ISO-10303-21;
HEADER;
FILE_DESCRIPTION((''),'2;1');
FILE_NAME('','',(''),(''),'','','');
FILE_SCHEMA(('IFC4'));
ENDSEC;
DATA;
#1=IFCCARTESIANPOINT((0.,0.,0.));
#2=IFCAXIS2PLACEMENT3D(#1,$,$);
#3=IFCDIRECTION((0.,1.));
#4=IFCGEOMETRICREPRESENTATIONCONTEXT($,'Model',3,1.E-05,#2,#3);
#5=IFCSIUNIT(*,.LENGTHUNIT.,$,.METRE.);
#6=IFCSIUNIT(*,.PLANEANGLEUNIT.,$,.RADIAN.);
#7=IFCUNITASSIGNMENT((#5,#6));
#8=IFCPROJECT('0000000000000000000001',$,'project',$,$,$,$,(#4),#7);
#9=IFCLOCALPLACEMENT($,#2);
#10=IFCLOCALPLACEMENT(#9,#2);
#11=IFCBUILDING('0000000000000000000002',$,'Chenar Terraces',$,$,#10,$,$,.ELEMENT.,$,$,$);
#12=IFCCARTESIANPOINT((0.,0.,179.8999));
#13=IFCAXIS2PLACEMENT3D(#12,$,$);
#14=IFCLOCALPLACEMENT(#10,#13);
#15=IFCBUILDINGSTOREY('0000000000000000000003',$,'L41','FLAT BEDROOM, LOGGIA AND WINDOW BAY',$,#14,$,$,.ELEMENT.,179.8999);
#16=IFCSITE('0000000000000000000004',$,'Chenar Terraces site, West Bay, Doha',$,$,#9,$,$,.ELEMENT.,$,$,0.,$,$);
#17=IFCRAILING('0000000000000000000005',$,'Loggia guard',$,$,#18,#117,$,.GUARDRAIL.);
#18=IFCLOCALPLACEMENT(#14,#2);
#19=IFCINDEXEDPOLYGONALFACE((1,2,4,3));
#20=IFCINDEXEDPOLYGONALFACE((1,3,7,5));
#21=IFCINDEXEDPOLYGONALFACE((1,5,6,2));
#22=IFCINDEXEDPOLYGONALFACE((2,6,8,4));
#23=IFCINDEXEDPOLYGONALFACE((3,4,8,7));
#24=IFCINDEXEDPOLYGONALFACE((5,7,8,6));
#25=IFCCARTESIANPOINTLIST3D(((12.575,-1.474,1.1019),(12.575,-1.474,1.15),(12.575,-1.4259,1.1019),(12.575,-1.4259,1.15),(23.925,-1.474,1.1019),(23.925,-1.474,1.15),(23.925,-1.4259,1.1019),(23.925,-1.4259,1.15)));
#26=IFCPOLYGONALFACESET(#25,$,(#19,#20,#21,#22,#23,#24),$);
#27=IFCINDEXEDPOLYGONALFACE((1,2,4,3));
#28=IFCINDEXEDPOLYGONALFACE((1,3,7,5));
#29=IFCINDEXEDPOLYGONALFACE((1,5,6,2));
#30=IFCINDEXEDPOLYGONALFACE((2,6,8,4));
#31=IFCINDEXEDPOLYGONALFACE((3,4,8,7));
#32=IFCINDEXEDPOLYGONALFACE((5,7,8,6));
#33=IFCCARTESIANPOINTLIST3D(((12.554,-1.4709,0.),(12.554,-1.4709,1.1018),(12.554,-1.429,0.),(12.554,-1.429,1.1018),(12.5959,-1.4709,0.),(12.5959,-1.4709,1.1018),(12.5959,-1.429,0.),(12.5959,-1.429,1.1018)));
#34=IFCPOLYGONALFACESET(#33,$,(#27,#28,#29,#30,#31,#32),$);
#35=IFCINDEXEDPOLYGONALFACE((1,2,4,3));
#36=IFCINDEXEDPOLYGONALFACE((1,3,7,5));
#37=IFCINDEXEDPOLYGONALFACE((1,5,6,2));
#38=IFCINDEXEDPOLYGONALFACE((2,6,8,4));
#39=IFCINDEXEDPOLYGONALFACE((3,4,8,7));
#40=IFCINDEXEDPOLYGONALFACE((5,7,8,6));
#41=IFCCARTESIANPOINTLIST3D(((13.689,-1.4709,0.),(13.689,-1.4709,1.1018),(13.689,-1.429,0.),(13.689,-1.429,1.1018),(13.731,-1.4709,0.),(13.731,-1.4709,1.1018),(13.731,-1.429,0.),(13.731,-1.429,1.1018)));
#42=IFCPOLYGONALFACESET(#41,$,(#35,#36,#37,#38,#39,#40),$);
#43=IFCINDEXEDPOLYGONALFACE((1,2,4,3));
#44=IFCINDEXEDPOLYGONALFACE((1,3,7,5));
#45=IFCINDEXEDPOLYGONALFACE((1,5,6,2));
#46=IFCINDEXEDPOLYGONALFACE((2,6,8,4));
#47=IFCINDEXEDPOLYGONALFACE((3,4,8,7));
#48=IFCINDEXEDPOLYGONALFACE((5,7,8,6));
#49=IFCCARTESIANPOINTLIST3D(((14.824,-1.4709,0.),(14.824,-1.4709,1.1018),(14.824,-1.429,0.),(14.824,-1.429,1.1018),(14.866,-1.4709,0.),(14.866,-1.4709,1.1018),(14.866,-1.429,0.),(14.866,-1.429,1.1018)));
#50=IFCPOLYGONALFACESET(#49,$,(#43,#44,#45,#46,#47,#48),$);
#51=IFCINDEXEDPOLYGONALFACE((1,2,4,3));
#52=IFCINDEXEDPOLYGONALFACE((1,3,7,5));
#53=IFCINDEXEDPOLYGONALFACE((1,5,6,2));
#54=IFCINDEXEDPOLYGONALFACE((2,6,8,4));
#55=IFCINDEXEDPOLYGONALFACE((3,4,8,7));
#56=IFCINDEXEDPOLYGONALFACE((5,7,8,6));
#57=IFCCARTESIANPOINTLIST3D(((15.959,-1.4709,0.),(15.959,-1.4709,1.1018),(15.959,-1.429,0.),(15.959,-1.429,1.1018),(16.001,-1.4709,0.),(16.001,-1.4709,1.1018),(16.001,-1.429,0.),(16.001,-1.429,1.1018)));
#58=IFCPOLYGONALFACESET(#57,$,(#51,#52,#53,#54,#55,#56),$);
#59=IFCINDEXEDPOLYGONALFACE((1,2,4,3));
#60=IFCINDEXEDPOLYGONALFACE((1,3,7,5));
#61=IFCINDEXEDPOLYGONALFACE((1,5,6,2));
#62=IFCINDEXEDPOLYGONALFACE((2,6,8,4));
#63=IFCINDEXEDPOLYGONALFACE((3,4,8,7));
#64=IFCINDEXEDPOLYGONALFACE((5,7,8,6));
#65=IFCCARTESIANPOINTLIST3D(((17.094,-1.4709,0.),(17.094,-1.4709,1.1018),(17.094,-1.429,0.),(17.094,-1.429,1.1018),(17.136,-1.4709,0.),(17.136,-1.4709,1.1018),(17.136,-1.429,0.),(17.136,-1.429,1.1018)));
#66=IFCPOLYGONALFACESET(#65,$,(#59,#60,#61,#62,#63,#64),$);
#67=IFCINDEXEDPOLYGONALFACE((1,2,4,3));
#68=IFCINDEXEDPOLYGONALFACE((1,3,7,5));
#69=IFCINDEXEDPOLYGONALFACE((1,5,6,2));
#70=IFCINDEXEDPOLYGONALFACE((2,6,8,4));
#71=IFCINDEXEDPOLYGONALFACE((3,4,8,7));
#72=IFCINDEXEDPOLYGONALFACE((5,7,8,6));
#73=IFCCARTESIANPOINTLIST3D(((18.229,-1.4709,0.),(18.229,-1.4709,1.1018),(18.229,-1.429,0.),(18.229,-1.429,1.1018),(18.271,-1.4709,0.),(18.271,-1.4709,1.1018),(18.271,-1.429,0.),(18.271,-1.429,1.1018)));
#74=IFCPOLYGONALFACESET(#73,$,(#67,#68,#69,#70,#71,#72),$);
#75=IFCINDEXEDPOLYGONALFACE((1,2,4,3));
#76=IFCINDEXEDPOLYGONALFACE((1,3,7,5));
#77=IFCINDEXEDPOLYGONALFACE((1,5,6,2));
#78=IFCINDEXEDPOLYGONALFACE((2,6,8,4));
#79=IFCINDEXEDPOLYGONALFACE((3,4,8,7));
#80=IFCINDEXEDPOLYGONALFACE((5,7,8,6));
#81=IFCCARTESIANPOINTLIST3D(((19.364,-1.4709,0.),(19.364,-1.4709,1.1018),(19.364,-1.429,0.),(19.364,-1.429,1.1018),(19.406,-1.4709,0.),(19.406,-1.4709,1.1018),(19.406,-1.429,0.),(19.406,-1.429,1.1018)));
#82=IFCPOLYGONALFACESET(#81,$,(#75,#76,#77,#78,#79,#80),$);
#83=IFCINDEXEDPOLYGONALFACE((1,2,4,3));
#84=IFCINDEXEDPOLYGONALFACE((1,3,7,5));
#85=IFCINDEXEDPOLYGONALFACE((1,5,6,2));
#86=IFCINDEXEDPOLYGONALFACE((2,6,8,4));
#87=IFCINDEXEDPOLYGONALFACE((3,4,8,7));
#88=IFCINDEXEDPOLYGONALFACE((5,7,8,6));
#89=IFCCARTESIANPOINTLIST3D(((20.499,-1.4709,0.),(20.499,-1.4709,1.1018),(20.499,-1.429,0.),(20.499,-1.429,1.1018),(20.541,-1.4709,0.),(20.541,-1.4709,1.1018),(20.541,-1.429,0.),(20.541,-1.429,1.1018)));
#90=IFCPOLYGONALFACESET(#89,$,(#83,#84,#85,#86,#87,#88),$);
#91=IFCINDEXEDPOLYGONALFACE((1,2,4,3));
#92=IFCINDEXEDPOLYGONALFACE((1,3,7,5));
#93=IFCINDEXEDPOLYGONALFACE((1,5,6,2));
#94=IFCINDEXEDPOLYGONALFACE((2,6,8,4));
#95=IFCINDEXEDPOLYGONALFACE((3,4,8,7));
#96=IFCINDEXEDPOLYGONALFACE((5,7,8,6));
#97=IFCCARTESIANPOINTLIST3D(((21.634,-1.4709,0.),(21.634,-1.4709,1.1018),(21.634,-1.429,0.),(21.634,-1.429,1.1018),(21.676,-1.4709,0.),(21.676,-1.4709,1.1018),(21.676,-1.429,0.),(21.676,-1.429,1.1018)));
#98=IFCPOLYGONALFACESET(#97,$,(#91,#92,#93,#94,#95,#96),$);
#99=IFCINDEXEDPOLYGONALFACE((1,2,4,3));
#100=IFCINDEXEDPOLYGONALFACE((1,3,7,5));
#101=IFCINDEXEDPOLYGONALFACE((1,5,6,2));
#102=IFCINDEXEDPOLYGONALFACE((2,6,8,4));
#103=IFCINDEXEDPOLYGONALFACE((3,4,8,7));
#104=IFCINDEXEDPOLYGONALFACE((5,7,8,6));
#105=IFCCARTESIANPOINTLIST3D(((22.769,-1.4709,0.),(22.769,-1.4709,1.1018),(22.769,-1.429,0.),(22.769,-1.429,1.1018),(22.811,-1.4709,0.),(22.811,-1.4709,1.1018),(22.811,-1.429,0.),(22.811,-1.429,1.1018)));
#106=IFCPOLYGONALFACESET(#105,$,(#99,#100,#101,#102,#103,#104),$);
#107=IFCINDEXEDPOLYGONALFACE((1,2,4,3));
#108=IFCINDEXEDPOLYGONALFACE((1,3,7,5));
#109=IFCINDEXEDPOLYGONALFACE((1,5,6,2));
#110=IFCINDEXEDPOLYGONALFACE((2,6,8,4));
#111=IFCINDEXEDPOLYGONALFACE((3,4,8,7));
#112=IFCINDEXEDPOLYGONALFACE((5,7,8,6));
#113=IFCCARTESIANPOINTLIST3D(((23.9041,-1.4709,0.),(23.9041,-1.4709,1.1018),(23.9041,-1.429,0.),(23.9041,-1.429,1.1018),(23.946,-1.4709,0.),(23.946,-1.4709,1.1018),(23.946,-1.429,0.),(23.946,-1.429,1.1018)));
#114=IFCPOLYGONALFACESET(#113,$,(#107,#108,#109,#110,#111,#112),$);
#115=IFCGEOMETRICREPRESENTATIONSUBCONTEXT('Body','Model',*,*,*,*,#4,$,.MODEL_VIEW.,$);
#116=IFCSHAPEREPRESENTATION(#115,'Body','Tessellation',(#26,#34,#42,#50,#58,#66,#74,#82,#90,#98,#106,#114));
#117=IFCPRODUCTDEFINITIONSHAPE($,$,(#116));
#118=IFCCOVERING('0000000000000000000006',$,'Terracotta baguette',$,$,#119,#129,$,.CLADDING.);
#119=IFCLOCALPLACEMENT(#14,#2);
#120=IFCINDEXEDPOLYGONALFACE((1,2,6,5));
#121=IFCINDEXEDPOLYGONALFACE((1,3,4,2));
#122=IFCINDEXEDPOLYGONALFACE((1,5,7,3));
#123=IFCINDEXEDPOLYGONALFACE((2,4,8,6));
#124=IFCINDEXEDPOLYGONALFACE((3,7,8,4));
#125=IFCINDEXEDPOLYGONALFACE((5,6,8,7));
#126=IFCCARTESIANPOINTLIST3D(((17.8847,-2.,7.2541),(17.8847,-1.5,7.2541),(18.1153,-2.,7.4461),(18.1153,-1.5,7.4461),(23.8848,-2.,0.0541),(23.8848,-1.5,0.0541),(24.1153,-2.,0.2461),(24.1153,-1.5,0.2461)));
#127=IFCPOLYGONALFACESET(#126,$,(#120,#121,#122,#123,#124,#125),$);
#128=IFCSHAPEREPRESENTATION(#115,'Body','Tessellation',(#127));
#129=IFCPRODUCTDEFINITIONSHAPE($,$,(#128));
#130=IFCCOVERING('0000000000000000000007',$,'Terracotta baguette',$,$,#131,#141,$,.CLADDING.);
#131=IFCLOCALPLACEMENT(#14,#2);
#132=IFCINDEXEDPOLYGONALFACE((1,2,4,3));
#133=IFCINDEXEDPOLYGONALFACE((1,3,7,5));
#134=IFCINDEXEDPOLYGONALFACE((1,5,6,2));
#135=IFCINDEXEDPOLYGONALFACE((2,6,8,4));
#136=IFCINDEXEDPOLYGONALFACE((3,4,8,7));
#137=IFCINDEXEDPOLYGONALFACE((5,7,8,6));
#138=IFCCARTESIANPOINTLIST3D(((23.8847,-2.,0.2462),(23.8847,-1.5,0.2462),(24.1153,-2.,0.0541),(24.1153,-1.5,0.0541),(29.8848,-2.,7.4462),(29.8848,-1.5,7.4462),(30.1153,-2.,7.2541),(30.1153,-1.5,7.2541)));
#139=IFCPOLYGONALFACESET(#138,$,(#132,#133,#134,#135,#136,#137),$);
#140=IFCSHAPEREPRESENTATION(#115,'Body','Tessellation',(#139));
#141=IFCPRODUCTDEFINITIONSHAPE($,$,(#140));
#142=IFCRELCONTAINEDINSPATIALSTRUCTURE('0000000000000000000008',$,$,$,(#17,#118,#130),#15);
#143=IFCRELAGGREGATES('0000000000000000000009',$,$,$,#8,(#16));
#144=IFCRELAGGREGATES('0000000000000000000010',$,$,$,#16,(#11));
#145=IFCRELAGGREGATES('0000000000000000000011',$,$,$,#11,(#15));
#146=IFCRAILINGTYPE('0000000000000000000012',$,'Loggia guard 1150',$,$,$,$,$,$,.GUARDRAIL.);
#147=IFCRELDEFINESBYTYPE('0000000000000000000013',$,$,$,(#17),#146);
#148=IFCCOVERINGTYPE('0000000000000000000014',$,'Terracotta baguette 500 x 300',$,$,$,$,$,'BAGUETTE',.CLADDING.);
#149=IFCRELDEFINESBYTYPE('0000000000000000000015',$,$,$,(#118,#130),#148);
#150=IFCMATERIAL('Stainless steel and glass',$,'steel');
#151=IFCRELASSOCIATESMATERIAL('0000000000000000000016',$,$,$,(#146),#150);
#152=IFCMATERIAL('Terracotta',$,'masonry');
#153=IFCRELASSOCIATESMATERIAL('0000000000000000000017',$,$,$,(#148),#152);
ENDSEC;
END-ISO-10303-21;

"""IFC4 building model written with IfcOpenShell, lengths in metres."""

from ifc_helpers import new_model, si_unit, direction, frame, origin, origin_2d, place, context, subcontext, project, spatial, rectangle, extrude, material, material_profile, profile_set, type_object, element, save


model = new_model("IFC4")

# Units and contexts
model_context = context("Model", 3, precision=1e-05, world=origin(), true_north=direction((0.0, 1.0)))
body_context = subcontext(model_context, "Body", "Model", "MODEL_VIEW")
ifc_project = project(units=[si_unit("LENGTHUNIT", "METRE"), si_unit("PLANEANGLEUNIT", "RADIAN")], contexts=[model_context])

# Site, building, storey
site_placement = place(None, origin())
site = spatial("IfcSite", under=ifc_project, at=site_placement, Name="Chenar Terraces site, West Bay, Doha", CompositionType="ELEMENT", RefElevation=0.0)
building_placement = place(site_placement, origin())
building = spatial("IfcBuilding", under=site, at=building_placement, Name="Chenar Terraces", CompositionType="ELEMENT")
storey_placement = place(building_placement, frame((0.0, 0.0, 179.8999)))
storey = spatial("IfcBuildingStorey", under=building, at=storey_placement, Name="L41", Description="FLAT BEDROOM, LOGGIA AND WINDOW BAY", CompositionType="ELEMENT", Elevation=179.8999)

# Railing
ifc_material_1 = material(Name="Stainless steel and glass", Category="steel")
railing_type = type_object("IfcRailingType", Name="Loggia guard 1150", PredefinedType="GUARDRAIL", material=ifc_material_1)
railing_placement = place(storey_placement, frame((12.575, -1.45, 0.0)))
element("IfcRailing", 1, at=railing_placement, inside=storey, type_object=railing_type, Name="Loggia guard", PredefinedType="GUARDRAIL", context=body_context, shape_type="SweptSolid", body=[
    extrude(rectangle(XDim=0.0481, YDim=0.0481, at=origin_2d()), frame((0.0, 0.0, 1.126), z_axis=(1.0, 0.0, 0.0), x_axis=(0.0, 1.0, 0.0)), (0.0, 0.0, 1.0), 11.3501),
    extrude(rectangle(XDim=0.042, YDim=0.042, at=origin_2d()), origin(), (0.0, 0.0, 1.0), 1.1018),
    extrude(rectangle(XDim=0.042, YDim=0.042, at=origin_2d()), frame((1.135, 0.0, 0.0)), (0.0, 0.0, 1.0), 1.1018),
    extrude(rectangle(XDim=0.042, YDim=0.042, at=origin_2d()), frame((2.27, 0.0, 0.0)), (0.0, 0.0, 1.0), 1.1018),
    extrude(rectangle(XDim=0.042, YDim=0.042, at=origin_2d()), frame((3.405, 0.0, 0.0)), (0.0, 0.0, 1.0), 1.1018),
    extrude(rectangle(XDim=0.042, YDim=0.042, at=origin_2d()), frame((4.54, 0.0, 0.0)), (0.0, 0.0, 1.0), 1.1018),
    extrude(rectangle(XDim=0.042, YDim=0.042, at=origin_2d()), frame((5.675, 0.0, 0.0)), (0.0, 0.0, 1.0), 1.1018),
    extrude(rectangle(XDim=0.042, YDim=0.042, at=origin_2d()), frame((6.8101, 0.0, 0.0)), (0.0, 0.0, 1.0), 1.1018),
    extrude(rectangle(XDim=0.042, YDim=0.042, at=origin_2d()), frame((7.9451, 0.0, 0.0)), (0.0, 0.0, 1.0), 1.1018),
    extrude(rectangle(XDim=0.042, YDim=0.042, at=origin_2d()), frame((9.0801, 0.0, 0.0)), (0.0, 0.0, 1.0), 1.1018),
    extrude(rectangle(XDim=0.042, YDim=0.042, at=origin_2d()), frame((10.2151, 0.0, 0.0)), (0.0, 0.0, 1.0), 1.1018),
    extrude(rectangle(XDim=0.042, YDim=0.042, at=origin_2d()), frame((11.3501, 0.0, 0.0)), (0.0, 0.0, 1.0), 1.1018),
])

# Coverings
ifc_material_2 = material(Name="Terracotta", Category="masonry")
ifc_material_profile_1 = material_profile(ifc_material_2, rectangle(XDim=0.5, YDim=0.3, at=origin_2d()), Name="Terracotta baguette 500 x 300")
ifc_profile_set_1 = profile_set([ifc_material_profile_1], Name="Terracotta")
covering_type = type_object("IfcCoveringType", Name="Terracotta baguette 500 x 300", ElementType="BAGUETTE", PredefinedType="CLADDING", material=ifc_profile_set_1)
for number, where, z_axis, x_axis, name in (
    (2, (18.0, -1.75, 7.3501), (0.640187, 0.0, -0.768219), (0.0, 1.0, 0.0), "Terracotta baguette"),
    (3, (24.0, -1.75, 0.1501), (0.640187, 0.0, 0.768219), (0.0, 1.0, 0.0), "Terracotta baguette"),
):
    element("IfcCovering", number, at=place(storey_placement, frame(where, z_axis=z_axis, x_axis=x_axis)), inside=storey, type_object=covering_type, Name=name, PredefinedType="CLADDING", context=body_context, shape_type="SweptSolid", body=[
        extrude(rectangle(XDim=0.5, YDim=0.3, at=origin_2d()), origin(), (0.0, 0.0, 1.0), 9.3723),
    ])

save(model, "model.ifc")
